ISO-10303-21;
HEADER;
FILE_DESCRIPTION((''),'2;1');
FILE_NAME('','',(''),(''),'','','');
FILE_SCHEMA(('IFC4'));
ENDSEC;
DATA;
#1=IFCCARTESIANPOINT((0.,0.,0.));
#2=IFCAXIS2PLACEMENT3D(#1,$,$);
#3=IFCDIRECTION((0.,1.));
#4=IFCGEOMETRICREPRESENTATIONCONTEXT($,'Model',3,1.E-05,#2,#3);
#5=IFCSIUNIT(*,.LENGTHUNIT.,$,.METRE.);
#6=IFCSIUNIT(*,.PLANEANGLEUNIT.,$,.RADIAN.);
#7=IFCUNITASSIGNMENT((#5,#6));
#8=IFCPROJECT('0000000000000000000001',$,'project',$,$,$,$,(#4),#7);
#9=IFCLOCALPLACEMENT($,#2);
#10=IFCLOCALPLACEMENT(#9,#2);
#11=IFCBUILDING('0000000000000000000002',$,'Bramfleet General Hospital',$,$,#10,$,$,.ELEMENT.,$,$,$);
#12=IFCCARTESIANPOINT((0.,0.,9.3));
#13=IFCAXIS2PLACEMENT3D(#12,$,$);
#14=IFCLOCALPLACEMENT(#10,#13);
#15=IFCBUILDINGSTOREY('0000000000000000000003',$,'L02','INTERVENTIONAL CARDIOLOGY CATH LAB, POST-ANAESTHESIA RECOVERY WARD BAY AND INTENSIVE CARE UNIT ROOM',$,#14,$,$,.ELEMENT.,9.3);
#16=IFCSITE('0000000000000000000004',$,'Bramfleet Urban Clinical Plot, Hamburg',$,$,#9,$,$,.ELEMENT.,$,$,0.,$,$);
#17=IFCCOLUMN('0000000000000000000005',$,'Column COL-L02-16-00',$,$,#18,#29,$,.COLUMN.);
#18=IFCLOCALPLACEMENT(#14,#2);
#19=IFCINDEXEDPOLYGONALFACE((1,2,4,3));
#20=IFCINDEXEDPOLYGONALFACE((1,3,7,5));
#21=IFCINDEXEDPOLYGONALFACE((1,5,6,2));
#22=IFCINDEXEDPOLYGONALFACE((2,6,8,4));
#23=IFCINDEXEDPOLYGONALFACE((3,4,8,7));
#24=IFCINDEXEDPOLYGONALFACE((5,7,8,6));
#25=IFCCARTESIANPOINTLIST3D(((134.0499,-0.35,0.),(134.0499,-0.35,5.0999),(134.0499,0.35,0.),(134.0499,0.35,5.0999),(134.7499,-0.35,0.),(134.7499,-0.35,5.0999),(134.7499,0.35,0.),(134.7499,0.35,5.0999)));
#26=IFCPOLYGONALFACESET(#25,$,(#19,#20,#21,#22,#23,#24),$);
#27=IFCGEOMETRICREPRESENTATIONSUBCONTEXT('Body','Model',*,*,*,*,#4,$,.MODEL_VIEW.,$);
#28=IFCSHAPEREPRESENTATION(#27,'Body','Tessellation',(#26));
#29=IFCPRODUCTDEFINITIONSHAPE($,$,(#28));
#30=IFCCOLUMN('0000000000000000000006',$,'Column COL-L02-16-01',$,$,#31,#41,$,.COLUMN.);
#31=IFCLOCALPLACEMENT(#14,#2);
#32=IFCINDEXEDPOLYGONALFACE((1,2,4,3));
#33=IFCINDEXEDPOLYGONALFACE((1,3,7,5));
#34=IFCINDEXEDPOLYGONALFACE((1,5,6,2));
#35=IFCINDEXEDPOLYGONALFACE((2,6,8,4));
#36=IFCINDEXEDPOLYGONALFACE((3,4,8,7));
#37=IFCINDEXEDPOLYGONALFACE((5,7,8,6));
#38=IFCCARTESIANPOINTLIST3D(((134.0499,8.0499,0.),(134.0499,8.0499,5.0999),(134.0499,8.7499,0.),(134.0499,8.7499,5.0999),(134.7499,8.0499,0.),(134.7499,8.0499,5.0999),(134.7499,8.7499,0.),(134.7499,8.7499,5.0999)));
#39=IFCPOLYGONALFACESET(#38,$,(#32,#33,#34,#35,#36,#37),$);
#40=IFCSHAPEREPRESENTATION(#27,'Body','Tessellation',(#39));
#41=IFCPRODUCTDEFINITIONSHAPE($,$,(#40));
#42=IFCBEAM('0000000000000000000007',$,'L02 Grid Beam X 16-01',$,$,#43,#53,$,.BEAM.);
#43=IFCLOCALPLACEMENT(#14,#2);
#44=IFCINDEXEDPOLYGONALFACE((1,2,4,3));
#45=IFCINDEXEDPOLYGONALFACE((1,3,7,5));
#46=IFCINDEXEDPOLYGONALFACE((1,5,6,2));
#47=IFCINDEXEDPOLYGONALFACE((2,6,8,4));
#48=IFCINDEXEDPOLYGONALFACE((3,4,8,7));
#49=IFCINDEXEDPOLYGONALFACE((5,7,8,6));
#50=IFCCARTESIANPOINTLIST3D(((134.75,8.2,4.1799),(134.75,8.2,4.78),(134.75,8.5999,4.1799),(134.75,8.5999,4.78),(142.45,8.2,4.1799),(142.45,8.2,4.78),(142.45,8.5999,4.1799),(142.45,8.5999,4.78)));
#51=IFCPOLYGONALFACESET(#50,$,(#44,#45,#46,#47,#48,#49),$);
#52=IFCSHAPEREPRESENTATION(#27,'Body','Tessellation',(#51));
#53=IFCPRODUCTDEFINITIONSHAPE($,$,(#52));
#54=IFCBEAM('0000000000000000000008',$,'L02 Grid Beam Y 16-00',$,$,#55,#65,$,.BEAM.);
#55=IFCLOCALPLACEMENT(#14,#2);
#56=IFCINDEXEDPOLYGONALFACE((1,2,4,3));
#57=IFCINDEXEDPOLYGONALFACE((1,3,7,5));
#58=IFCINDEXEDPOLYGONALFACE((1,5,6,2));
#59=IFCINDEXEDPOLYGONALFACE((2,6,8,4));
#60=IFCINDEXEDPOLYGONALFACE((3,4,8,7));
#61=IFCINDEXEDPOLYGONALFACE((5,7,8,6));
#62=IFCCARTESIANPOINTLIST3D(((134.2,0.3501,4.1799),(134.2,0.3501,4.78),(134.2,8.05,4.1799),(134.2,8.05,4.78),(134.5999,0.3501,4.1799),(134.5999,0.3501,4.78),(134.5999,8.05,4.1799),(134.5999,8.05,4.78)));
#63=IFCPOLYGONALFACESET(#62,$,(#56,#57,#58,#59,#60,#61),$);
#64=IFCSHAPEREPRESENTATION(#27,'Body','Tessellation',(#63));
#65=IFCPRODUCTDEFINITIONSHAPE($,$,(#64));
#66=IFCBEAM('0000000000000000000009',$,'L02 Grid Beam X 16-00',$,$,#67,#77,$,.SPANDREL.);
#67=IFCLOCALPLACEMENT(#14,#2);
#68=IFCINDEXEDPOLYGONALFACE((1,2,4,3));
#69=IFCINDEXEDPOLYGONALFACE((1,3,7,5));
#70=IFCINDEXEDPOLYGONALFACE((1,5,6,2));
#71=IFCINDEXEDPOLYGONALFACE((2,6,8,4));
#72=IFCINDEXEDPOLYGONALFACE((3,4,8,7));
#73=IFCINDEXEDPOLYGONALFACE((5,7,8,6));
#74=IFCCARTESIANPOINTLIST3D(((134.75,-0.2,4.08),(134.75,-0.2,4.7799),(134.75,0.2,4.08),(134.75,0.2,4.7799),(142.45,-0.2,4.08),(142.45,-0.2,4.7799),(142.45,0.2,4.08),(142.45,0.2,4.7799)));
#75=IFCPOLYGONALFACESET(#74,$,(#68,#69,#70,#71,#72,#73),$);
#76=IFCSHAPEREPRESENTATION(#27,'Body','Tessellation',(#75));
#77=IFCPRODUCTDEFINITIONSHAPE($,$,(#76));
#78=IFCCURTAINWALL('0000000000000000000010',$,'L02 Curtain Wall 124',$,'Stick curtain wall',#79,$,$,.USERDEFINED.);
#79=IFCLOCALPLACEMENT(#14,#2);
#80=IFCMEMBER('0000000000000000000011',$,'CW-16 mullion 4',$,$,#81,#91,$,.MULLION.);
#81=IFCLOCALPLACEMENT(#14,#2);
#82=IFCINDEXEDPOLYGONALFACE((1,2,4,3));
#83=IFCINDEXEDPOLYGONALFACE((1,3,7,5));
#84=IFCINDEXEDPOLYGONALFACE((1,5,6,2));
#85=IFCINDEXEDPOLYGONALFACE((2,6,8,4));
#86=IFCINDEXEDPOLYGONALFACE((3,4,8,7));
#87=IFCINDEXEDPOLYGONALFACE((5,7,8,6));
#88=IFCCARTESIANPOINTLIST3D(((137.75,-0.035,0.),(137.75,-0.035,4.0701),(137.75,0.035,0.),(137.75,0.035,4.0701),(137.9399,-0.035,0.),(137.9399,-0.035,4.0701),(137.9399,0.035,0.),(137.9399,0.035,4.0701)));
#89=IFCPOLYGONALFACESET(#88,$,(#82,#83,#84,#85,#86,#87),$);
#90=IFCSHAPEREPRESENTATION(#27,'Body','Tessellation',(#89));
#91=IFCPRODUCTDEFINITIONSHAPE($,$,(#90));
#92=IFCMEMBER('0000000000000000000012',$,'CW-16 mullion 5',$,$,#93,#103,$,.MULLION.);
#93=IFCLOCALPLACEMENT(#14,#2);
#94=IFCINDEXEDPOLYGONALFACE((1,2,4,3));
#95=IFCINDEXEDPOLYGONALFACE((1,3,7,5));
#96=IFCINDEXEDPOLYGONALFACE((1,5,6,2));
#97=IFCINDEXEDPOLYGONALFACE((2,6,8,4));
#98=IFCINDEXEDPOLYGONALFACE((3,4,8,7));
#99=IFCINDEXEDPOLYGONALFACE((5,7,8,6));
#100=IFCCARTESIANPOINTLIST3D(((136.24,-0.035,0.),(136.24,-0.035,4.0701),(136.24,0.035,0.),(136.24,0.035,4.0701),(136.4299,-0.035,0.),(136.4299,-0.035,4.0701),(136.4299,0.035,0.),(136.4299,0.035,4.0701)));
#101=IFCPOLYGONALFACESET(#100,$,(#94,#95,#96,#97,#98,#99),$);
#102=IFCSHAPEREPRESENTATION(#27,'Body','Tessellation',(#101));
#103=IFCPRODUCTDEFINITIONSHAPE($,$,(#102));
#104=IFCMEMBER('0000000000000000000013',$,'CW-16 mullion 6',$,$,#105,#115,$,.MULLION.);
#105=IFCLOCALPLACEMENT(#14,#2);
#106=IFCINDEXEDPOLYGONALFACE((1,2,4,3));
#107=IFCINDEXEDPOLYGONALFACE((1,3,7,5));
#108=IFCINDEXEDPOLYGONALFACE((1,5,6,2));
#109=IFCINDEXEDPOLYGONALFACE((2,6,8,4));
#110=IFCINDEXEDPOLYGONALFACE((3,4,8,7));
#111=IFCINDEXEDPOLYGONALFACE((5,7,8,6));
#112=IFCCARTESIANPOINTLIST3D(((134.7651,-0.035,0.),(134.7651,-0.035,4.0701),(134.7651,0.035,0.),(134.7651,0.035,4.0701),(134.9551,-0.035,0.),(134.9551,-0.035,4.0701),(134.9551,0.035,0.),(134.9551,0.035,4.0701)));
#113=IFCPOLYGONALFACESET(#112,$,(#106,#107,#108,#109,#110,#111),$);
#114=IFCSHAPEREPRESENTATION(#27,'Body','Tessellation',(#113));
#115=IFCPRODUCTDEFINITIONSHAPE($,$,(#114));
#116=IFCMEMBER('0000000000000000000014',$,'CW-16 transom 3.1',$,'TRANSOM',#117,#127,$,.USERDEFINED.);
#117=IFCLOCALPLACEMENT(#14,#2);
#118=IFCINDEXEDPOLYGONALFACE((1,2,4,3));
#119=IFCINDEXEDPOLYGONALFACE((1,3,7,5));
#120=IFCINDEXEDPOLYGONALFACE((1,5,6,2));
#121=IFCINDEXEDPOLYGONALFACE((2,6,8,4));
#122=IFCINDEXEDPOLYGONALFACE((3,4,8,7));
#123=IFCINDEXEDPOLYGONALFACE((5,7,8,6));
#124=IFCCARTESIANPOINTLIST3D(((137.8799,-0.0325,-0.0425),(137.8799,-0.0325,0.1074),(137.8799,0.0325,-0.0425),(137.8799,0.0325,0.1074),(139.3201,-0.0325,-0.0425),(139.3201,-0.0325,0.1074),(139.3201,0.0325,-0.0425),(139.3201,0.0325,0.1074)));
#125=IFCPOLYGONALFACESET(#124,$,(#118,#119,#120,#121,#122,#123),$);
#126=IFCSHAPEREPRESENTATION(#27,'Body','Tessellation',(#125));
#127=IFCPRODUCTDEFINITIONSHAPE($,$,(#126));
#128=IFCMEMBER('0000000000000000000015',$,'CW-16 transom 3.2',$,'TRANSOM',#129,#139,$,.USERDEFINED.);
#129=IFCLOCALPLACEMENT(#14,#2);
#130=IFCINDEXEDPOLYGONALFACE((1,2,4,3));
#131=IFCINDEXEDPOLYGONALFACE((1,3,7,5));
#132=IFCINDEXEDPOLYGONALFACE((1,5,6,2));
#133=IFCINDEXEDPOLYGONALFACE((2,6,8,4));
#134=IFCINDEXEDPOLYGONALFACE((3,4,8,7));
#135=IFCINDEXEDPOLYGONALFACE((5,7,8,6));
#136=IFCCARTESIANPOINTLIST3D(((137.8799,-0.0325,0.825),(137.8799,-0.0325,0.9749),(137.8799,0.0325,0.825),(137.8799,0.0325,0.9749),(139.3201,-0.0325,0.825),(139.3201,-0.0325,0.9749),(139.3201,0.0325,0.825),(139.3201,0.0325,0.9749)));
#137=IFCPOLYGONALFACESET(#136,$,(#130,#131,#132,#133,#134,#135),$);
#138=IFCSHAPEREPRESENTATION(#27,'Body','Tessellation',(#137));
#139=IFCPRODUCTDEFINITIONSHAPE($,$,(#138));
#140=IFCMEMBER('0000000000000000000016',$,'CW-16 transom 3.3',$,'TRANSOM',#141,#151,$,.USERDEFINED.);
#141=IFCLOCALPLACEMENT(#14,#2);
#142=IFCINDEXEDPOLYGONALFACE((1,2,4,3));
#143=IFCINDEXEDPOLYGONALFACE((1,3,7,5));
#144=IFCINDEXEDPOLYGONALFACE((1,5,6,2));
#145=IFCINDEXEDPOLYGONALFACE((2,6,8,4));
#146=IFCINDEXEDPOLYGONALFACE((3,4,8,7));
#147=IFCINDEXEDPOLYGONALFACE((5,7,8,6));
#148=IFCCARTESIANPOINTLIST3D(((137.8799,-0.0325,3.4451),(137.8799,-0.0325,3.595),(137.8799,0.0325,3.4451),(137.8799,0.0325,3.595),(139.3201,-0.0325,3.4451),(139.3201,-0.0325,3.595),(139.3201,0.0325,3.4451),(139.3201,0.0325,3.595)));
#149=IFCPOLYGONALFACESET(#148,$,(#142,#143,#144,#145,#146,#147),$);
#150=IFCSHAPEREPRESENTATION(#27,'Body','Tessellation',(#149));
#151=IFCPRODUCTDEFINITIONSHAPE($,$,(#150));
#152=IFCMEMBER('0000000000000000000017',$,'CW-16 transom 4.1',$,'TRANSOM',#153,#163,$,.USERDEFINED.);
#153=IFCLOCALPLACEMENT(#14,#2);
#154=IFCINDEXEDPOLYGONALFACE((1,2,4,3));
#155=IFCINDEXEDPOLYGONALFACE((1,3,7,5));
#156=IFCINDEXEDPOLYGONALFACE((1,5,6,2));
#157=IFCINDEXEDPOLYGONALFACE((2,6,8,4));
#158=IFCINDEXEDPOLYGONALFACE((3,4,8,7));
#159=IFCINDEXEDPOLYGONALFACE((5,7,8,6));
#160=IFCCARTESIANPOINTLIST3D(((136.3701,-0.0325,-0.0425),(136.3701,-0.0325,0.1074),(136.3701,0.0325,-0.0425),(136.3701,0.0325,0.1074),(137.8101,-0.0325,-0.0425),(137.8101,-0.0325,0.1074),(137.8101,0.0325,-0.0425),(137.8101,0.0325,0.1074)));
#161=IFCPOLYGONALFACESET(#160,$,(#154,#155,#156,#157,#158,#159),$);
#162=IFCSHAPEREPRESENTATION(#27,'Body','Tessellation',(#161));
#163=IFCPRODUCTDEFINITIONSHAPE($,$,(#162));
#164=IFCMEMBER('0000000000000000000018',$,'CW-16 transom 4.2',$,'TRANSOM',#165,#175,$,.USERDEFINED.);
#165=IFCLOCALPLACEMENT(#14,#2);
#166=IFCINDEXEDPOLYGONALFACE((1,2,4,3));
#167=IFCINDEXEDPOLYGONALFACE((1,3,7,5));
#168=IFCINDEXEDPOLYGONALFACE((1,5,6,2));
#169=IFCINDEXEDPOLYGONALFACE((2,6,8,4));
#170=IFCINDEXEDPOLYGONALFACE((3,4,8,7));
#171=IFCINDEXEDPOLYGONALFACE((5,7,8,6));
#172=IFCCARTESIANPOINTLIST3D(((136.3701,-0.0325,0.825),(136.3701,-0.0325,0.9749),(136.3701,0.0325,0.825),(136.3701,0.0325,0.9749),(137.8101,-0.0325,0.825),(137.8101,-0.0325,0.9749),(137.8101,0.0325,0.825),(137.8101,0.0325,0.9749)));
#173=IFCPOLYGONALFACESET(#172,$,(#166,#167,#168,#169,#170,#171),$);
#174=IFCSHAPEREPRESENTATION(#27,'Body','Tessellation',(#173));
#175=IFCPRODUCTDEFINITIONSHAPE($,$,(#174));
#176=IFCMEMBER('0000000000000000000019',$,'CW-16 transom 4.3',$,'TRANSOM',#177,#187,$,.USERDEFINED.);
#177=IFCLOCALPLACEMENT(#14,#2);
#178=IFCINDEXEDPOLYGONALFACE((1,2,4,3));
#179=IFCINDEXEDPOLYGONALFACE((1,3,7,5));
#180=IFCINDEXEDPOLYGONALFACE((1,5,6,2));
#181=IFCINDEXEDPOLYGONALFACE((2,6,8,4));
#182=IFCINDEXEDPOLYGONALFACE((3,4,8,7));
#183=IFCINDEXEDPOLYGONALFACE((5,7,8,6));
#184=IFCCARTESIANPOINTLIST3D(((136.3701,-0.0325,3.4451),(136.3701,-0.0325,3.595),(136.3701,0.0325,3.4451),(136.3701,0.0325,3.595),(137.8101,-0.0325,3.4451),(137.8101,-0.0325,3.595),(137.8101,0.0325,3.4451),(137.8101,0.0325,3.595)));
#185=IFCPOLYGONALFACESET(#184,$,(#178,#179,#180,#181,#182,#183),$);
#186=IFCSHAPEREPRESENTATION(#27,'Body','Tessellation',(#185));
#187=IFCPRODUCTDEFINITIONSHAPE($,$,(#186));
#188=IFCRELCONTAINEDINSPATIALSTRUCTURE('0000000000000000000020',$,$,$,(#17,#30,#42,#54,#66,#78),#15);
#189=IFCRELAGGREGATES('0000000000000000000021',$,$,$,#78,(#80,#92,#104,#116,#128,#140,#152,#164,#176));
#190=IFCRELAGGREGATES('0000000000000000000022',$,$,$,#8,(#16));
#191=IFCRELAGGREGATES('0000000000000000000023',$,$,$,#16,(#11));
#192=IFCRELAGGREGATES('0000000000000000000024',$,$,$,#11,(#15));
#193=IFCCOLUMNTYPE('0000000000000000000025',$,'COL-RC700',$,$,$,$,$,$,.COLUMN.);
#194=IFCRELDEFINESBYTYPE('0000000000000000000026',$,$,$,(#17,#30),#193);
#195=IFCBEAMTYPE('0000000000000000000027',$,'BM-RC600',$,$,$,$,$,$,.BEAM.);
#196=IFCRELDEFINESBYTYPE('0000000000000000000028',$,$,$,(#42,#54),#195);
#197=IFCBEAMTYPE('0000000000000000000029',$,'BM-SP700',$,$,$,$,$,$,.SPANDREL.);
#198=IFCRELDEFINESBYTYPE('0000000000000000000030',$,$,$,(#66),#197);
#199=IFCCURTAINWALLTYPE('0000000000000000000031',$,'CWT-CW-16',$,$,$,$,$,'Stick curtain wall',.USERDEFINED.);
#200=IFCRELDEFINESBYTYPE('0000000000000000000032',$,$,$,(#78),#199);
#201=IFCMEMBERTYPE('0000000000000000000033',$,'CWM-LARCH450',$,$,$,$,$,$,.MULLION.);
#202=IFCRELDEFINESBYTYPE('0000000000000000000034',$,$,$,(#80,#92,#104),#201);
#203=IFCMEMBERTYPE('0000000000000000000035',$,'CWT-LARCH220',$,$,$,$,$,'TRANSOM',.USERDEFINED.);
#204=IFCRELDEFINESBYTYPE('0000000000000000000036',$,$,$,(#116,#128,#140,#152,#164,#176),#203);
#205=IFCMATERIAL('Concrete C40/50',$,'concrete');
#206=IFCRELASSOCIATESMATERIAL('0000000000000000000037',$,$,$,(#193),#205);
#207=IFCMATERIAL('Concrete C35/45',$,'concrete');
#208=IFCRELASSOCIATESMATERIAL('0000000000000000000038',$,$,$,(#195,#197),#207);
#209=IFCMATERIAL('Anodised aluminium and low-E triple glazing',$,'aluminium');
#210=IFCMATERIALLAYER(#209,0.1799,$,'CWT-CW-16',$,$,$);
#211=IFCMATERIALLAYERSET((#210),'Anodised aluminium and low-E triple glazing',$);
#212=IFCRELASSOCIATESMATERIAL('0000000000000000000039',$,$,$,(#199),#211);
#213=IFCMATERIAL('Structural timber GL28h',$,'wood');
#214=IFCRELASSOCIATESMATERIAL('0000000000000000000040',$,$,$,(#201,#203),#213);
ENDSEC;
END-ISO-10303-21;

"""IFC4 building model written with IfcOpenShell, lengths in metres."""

from ifc_helpers import new_model, si_unit, direction, frame, origin, origin_2d, place, context, subcontext, project, spatial, rectangle, extrude, material, layer, layer_set, material_profile, profile_set, type_object, element, aggregate, save


model = new_model("IFC4")

# Units and contexts
model_context = context("Model", 3, precision=1e-05, world=origin(), true_north=direction((0.0, 1.0)))
body_context = subcontext(model_context, "Body", "Model", "MODEL_VIEW")
ifc_project = project(units=[si_unit("LENGTHUNIT", "METRE"), si_unit("PLANEANGLEUNIT", "RADIAN")], contexts=[model_context])

# Site, building, storey
site_placement = place(None, origin())
site = spatial("IfcSite", under=ifc_project, at=site_placement, Name="Bramfleet Urban Clinical Plot, Hamburg", CompositionType="ELEMENT", RefElevation=0.0)
building_placement = place(site_placement, origin())
building = spatial("IfcBuilding", under=site, at=building_placement, Name="Bramfleet General Hospital", CompositionType="ELEMENT")
storey_placement = place(building_placement, frame((0.0, 0.0, 9.3)))
storey = spatial("IfcBuildingStorey", under=building, at=storey_placement, Name="L02", Description="INTERVENTIONAL CARDIOLOGY CATH LAB, POST-ANAESTHESIA RECOVERY WARD BAY AND INTENSIVE CARE UNIT ROOM", CompositionType="ELEMENT", Elevation=9.3)

# Columns
ifc_material_1 = material(Name="Concrete C40/50", Category="concrete")
ifc_material_profile_1 = material_profile(ifc_material_1, rectangle(XDim=0.7, YDim=0.7, at=origin_2d()), Name="RC COL 700x700")
ifc_profile_set_1 = profile_set([ifc_material_profile_1], Name="Concrete C40/50")
column_type = type_object("IfcColumnType", Name="COL-RC700", PredefinedType="COLUMN", material=ifc_profile_set_1)
for number, where, z_axis, x_axis, name in (
    (1, (134.3999, 0.0, 0.0), (0.0, 0.0, 1.0), (1.0, 0.0, 0.0), "Column COL-L02-16-00"),
    (2, (134.3999, 8.3999, 0.0), (0.0, 0.0, 1.0), (1.0, 0.0, 0.0), "Column COL-L02-16-01"),
):
    element("IfcColumn", number, at=place(storey_placement, frame(where, z_axis=z_axis, x_axis=x_axis)), inside=storey, type_object=column_type, Name=name, PredefinedType="COLUMN", context=body_context, shape_type="SweptSolid", body=[
        extrude(rectangle(XDim=0.7, YDim=0.7, at=origin_2d()), origin(), (0.0, 0.0, 1.0), 5.0999),
    ])

# Beams
ifc_material_2 = material(Name="Concrete C35/45", Category="concrete")
ifc_material_profile_2 = material_profile(ifc_material_2, rectangle(XDim=0.3999, YDim=0.6001, at=origin_2d()), Name="RC BM 600x400")
ifc_profile_set_2 = profile_set([ifc_material_profile_2], Name="Concrete C35/45")
beam_type_1 = type_object("IfcBeamType", Name="BM-RC600", PredefinedType="BEAM", material=ifc_profile_set_2)
for number, where, z_axis, x_axis, name in (
    (3, (134.75, 8.3999, 4.48), (1.0, 0.0, 0.0), (0.0, 1.0, 0.0), "L02 Grid Beam X 16-01"),
    (4, (134.3999, 0.3501, 4.48), (0.0, 1.0, 0.0), (-1.0, 0.0, 0.0), "L02 Grid Beam Y 16-00"),
):
    element("IfcBeam", number, at=place(storey_placement, frame(where, z_axis=z_axis, x_axis=x_axis)), inside=storey, type_object=beam_type_1, Name=name, PredefinedType="BEAM", context=body_context, shape_type="SweptSolid", body=[
        extrude(rectangle(XDim=0.3999, YDim=0.6001, at=origin_2d()), origin(), (0.0, 0.0, 1.0), 7.7),
    ])
ifc_material_profile_3 = material_profile(ifc_material_2, rectangle(XDim=0.3999, YDim=0.7, at=origin_2d()), Name="RC SP 700x400")
ifc_profile_set_3 = profile_set([ifc_material_profile_3], Name="Concrete C35/45")
beam_type_2 = type_object("IfcBeamType", Name="BM-SP700", PredefinedType="SPANDREL", material=ifc_profile_set_3)
beam_placement = place(storey_placement, frame((134.75, 0.0, 4.4299), z_axis=(1.0, 0.0, 0.0), x_axis=(0.0, 1.0, 0.0)))
element("IfcBeam", 5, at=beam_placement, inside=storey, type_object=beam_type_2, Name="L02 Grid Beam X 16-00", PredefinedType="SPANDREL", context=body_context, shape_type="SweptSolid", body=[
    extrude(rectangle(XDim=0.3999, YDim=0.7, at=origin_2d()), origin(), (0.0, 0.0, 1.0), 7.7),
])

# Curtain wall, members
ifc_material_3 = material(Name="Anodised aluminium and low-E triple glazing", Category="aluminium")
ifc_layer_1 = layer(ifc_material_3, 0.1799, Name="CWT-CW-16")
ifc_layer_set_1 = layer_set([ifc_layer_1], Name="Anodised aluminium and low-E triple glazing")
curtain_wall_type = type_object("IfcCurtainWallType", Name="CWT-CW-16", ElementType="Stick curtain wall", PredefinedType="USERDEFINED", material=ifc_layer_set_1)
curtain_wall_placement = place(storey_placement, origin())
curtain_wall = element("IfcCurtainWall", 6, at=curtain_wall_placement, inside=storey, type_object=curtain_wall_type, Name="L02 Curtain Wall 124", ObjectType="Stick curtain wall", PredefinedType="USERDEFINED")
ifc_material_4 = material(Name="Structural timber GL28h", Category="wood")
ifc_material_profile_4 = material_profile(ifc_material_4, rectangle(XDim=0.0701, YDim=0.1899, at=origin_2d()), Name="LARCH 190x70")
ifc_profile_set_4 = profile_set([ifc_material_profile_4], Name="Structural timber GL28h")
member_type_1 = type_object("IfcMemberType", Name="CWM-LARCH450", PredefinedType="MULLION", material=ifc_profile_set_4)
member_1_placement = place(storey_placement, frame((137.845, 0.0, 0.0), z_axis=(0.0, 0.0, 1.0), x_axis=(0.0, -1.0, 0.0)))
member_1 = element("IfcMember", 7, at=member_1_placement, type_object=member_type_1, Name="CW-16 mullion 4", PredefinedType="MULLION", context=body_context, shape_type="SweptSolid", body=[
    extrude(rectangle(XDim=0.0701, YDim=0.1899, at=origin_2d()), origin(), (0.0, 0.0, 1.0), 4.0701),
])
member_2_placement = place(storey_placement, frame((136.335, 0.0, 0.0), z_axis=(0.0, 0.0, 1.0), x_axis=(0.0, -1.0, 0.0)))
member_2 = element("IfcMember", 8, at=member_2_placement, type_object=member_type_1, Name="CW-16 mullion 5", PredefinedType="MULLION", context=body_context, shape_type="SweptSolid", body=[
    extrude(rectangle(XDim=0.0701, YDim=0.1899, at=origin_2d()), origin(), (0.0, 0.0, 1.0), 4.0701),
])
member_3_placement = place(storey_placement, frame((134.8601, 0.0, 0.0), z_axis=(0.0, 0.0, 1.0), x_axis=(0.0, -1.0, 0.0)))
member_3 = element("IfcMember", 9, at=member_3_placement, type_object=member_type_1, Name="CW-16 mullion 6", PredefinedType="MULLION", context=body_context, shape_type="SweptSolid", body=[
    extrude(rectangle(XDim=0.0701, YDim=0.1899, at=origin_2d()), origin(), (0.0, 0.0, 1.0), 4.0701),
])
ifc_material_profile_5 = material_profile(ifc_material_4, rectangle(XDim=0.0649, YDim=0.1499, at=origin_2d()), Name="LARCH 150x65")
ifc_profile_set_5 = profile_set([ifc_material_profile_5], Name="Structural timber GL28h")
member_type_2 = type_object("IfcMemberType", Name="CWT-LARCH220", ElementType="TRANSOM", PredefinedType="USERDEFINED", material=ifc_profile_set_5)
member_4_placement = place(storey_placement, frame((139.3201, 0.0, 0.0325), z_axis=(-1.0, 0.0, 0.0), x_axis=(0.0, -1.0, 0.0)))
member_4 = element("IfcMember", 10, at=member_4_placement, type_object=member_type_2, Name="CW-16 transom 3.1", ObjectType="TRANSOM", PredefinedType="USERDEFINED", context=body_context, shape_type="SweptSolid", body=[
    extrude(rectangle(XDim=0.0649, YDim=0.1499, at=origin_2d()), origin(), (0.0, 0.0, 1.0), 1.4402),
])
member_5_placement = place(storey_placement, frame((139.3201, 0.0, 0.8999), z_axis=(-1.0, 0.0, 0.0), x_axis=(0.0, -1.0, 0.0)))
member_5 = element("IfcMember", 11, at=member_5_placement, type_object=member_type_2, Name="CW-16 transom 3.2", ObjectType="TRANSOM", PredefinedType="USERDEFINED", context=body_context, shape_type="SweptSolid", body=[
    extrude(rectangle(XDim=0.0649, YDim=0.1499, at=origin_2d()), origin(), (0.0, 0.0, 1.0), 1.4402),
])
member_6_placement = place(storey_placement, frame((139.3201, 0.0, 3.52), z_axis=(-1.0, 0.0, 0.0), x_axis=(0.0, -1.0, 0.0)))
member_6 = element("IfcMember", 12, at=member_6_placement, type_object=member_type_2, Name="CW-16 transom 3.3", ObjectType="TRANSOM", PredefinedType="USERDEFINED", context=body_context, shape_type="SweptSolid", body=[
    extrude(rectangle(XDim=0.0649, YDim=0.1499, at=origin_2d()), origin(), (0.0, 0.0, 1.0), 1.4402),
])
member_7_placement = place(storey_placement, frame((137.8101, 0.0, 0.0325), z_axis=(-1.0, 0.0, 0.0), x_axis=(0.0, -1.0, 0.0)))
member_7 = element("IfcMember", 13, at=member_7_placement, type_object=member_type_2, Name="CW-16 transom 4.1", ObjectType="TRANSOM", PredefinedType="USERDEFINED", context=body_context, shape_type="SweptSolid", body=[
    extrude(rectangle(XDim=0.0649, YDim=0.1499, at=origin_2d()), origin(), (0.0, 0.0, 1.0), 1.4399),
])
member_8_placement = place(storey_placement, frame((137.8101, 0.0, 0.8999), z_axis=(-1.0, 0.0, 0.0), x_axis=(0.0, -1.0, 0.0)))
member_8 = element("IfcMember", 14, at=member_8_placement, type_object=member_type_2, Name="CW-16 transom 4.2", ObjectType="TRANSOM", PredefinedType="USERDEFINED", context=body_context, shape_type="SweptSolid", body=[
    extrude(rectangle(XDim=0.0649, YDim=0.1499, at=origin_2d()), origin(), (0.0, 0.0, 1.0), 1.4399),
])
member_9_placement = place(storey_placement, frame((137.8101, 0.0, 3.52), z_axis=(-1.0, 0.0, 0.0), x_axis=(0.0, -1.0, 0.0)))
member_9 = element("IfcMember", 15, at=member_9_placement, type_object=member_type_2, Name="CW-16 transom 4.3", ObjectType="TRANSOM", PredefinedType="USERDEFINED", context=body_context, shape_type="SweptSolid", body=[
    extrude(rectangle(XDim=0.0649, YDim=0.1499, at=origin_2d()), origin(), (0.0, 0.0, 1.0), 1.4399),
])
aggregate(curtain_wall, [member_1, member_2, member_3, member_4, member_5, member_6, member_7, member_8, member_9])

save(model, "model.ifc")
